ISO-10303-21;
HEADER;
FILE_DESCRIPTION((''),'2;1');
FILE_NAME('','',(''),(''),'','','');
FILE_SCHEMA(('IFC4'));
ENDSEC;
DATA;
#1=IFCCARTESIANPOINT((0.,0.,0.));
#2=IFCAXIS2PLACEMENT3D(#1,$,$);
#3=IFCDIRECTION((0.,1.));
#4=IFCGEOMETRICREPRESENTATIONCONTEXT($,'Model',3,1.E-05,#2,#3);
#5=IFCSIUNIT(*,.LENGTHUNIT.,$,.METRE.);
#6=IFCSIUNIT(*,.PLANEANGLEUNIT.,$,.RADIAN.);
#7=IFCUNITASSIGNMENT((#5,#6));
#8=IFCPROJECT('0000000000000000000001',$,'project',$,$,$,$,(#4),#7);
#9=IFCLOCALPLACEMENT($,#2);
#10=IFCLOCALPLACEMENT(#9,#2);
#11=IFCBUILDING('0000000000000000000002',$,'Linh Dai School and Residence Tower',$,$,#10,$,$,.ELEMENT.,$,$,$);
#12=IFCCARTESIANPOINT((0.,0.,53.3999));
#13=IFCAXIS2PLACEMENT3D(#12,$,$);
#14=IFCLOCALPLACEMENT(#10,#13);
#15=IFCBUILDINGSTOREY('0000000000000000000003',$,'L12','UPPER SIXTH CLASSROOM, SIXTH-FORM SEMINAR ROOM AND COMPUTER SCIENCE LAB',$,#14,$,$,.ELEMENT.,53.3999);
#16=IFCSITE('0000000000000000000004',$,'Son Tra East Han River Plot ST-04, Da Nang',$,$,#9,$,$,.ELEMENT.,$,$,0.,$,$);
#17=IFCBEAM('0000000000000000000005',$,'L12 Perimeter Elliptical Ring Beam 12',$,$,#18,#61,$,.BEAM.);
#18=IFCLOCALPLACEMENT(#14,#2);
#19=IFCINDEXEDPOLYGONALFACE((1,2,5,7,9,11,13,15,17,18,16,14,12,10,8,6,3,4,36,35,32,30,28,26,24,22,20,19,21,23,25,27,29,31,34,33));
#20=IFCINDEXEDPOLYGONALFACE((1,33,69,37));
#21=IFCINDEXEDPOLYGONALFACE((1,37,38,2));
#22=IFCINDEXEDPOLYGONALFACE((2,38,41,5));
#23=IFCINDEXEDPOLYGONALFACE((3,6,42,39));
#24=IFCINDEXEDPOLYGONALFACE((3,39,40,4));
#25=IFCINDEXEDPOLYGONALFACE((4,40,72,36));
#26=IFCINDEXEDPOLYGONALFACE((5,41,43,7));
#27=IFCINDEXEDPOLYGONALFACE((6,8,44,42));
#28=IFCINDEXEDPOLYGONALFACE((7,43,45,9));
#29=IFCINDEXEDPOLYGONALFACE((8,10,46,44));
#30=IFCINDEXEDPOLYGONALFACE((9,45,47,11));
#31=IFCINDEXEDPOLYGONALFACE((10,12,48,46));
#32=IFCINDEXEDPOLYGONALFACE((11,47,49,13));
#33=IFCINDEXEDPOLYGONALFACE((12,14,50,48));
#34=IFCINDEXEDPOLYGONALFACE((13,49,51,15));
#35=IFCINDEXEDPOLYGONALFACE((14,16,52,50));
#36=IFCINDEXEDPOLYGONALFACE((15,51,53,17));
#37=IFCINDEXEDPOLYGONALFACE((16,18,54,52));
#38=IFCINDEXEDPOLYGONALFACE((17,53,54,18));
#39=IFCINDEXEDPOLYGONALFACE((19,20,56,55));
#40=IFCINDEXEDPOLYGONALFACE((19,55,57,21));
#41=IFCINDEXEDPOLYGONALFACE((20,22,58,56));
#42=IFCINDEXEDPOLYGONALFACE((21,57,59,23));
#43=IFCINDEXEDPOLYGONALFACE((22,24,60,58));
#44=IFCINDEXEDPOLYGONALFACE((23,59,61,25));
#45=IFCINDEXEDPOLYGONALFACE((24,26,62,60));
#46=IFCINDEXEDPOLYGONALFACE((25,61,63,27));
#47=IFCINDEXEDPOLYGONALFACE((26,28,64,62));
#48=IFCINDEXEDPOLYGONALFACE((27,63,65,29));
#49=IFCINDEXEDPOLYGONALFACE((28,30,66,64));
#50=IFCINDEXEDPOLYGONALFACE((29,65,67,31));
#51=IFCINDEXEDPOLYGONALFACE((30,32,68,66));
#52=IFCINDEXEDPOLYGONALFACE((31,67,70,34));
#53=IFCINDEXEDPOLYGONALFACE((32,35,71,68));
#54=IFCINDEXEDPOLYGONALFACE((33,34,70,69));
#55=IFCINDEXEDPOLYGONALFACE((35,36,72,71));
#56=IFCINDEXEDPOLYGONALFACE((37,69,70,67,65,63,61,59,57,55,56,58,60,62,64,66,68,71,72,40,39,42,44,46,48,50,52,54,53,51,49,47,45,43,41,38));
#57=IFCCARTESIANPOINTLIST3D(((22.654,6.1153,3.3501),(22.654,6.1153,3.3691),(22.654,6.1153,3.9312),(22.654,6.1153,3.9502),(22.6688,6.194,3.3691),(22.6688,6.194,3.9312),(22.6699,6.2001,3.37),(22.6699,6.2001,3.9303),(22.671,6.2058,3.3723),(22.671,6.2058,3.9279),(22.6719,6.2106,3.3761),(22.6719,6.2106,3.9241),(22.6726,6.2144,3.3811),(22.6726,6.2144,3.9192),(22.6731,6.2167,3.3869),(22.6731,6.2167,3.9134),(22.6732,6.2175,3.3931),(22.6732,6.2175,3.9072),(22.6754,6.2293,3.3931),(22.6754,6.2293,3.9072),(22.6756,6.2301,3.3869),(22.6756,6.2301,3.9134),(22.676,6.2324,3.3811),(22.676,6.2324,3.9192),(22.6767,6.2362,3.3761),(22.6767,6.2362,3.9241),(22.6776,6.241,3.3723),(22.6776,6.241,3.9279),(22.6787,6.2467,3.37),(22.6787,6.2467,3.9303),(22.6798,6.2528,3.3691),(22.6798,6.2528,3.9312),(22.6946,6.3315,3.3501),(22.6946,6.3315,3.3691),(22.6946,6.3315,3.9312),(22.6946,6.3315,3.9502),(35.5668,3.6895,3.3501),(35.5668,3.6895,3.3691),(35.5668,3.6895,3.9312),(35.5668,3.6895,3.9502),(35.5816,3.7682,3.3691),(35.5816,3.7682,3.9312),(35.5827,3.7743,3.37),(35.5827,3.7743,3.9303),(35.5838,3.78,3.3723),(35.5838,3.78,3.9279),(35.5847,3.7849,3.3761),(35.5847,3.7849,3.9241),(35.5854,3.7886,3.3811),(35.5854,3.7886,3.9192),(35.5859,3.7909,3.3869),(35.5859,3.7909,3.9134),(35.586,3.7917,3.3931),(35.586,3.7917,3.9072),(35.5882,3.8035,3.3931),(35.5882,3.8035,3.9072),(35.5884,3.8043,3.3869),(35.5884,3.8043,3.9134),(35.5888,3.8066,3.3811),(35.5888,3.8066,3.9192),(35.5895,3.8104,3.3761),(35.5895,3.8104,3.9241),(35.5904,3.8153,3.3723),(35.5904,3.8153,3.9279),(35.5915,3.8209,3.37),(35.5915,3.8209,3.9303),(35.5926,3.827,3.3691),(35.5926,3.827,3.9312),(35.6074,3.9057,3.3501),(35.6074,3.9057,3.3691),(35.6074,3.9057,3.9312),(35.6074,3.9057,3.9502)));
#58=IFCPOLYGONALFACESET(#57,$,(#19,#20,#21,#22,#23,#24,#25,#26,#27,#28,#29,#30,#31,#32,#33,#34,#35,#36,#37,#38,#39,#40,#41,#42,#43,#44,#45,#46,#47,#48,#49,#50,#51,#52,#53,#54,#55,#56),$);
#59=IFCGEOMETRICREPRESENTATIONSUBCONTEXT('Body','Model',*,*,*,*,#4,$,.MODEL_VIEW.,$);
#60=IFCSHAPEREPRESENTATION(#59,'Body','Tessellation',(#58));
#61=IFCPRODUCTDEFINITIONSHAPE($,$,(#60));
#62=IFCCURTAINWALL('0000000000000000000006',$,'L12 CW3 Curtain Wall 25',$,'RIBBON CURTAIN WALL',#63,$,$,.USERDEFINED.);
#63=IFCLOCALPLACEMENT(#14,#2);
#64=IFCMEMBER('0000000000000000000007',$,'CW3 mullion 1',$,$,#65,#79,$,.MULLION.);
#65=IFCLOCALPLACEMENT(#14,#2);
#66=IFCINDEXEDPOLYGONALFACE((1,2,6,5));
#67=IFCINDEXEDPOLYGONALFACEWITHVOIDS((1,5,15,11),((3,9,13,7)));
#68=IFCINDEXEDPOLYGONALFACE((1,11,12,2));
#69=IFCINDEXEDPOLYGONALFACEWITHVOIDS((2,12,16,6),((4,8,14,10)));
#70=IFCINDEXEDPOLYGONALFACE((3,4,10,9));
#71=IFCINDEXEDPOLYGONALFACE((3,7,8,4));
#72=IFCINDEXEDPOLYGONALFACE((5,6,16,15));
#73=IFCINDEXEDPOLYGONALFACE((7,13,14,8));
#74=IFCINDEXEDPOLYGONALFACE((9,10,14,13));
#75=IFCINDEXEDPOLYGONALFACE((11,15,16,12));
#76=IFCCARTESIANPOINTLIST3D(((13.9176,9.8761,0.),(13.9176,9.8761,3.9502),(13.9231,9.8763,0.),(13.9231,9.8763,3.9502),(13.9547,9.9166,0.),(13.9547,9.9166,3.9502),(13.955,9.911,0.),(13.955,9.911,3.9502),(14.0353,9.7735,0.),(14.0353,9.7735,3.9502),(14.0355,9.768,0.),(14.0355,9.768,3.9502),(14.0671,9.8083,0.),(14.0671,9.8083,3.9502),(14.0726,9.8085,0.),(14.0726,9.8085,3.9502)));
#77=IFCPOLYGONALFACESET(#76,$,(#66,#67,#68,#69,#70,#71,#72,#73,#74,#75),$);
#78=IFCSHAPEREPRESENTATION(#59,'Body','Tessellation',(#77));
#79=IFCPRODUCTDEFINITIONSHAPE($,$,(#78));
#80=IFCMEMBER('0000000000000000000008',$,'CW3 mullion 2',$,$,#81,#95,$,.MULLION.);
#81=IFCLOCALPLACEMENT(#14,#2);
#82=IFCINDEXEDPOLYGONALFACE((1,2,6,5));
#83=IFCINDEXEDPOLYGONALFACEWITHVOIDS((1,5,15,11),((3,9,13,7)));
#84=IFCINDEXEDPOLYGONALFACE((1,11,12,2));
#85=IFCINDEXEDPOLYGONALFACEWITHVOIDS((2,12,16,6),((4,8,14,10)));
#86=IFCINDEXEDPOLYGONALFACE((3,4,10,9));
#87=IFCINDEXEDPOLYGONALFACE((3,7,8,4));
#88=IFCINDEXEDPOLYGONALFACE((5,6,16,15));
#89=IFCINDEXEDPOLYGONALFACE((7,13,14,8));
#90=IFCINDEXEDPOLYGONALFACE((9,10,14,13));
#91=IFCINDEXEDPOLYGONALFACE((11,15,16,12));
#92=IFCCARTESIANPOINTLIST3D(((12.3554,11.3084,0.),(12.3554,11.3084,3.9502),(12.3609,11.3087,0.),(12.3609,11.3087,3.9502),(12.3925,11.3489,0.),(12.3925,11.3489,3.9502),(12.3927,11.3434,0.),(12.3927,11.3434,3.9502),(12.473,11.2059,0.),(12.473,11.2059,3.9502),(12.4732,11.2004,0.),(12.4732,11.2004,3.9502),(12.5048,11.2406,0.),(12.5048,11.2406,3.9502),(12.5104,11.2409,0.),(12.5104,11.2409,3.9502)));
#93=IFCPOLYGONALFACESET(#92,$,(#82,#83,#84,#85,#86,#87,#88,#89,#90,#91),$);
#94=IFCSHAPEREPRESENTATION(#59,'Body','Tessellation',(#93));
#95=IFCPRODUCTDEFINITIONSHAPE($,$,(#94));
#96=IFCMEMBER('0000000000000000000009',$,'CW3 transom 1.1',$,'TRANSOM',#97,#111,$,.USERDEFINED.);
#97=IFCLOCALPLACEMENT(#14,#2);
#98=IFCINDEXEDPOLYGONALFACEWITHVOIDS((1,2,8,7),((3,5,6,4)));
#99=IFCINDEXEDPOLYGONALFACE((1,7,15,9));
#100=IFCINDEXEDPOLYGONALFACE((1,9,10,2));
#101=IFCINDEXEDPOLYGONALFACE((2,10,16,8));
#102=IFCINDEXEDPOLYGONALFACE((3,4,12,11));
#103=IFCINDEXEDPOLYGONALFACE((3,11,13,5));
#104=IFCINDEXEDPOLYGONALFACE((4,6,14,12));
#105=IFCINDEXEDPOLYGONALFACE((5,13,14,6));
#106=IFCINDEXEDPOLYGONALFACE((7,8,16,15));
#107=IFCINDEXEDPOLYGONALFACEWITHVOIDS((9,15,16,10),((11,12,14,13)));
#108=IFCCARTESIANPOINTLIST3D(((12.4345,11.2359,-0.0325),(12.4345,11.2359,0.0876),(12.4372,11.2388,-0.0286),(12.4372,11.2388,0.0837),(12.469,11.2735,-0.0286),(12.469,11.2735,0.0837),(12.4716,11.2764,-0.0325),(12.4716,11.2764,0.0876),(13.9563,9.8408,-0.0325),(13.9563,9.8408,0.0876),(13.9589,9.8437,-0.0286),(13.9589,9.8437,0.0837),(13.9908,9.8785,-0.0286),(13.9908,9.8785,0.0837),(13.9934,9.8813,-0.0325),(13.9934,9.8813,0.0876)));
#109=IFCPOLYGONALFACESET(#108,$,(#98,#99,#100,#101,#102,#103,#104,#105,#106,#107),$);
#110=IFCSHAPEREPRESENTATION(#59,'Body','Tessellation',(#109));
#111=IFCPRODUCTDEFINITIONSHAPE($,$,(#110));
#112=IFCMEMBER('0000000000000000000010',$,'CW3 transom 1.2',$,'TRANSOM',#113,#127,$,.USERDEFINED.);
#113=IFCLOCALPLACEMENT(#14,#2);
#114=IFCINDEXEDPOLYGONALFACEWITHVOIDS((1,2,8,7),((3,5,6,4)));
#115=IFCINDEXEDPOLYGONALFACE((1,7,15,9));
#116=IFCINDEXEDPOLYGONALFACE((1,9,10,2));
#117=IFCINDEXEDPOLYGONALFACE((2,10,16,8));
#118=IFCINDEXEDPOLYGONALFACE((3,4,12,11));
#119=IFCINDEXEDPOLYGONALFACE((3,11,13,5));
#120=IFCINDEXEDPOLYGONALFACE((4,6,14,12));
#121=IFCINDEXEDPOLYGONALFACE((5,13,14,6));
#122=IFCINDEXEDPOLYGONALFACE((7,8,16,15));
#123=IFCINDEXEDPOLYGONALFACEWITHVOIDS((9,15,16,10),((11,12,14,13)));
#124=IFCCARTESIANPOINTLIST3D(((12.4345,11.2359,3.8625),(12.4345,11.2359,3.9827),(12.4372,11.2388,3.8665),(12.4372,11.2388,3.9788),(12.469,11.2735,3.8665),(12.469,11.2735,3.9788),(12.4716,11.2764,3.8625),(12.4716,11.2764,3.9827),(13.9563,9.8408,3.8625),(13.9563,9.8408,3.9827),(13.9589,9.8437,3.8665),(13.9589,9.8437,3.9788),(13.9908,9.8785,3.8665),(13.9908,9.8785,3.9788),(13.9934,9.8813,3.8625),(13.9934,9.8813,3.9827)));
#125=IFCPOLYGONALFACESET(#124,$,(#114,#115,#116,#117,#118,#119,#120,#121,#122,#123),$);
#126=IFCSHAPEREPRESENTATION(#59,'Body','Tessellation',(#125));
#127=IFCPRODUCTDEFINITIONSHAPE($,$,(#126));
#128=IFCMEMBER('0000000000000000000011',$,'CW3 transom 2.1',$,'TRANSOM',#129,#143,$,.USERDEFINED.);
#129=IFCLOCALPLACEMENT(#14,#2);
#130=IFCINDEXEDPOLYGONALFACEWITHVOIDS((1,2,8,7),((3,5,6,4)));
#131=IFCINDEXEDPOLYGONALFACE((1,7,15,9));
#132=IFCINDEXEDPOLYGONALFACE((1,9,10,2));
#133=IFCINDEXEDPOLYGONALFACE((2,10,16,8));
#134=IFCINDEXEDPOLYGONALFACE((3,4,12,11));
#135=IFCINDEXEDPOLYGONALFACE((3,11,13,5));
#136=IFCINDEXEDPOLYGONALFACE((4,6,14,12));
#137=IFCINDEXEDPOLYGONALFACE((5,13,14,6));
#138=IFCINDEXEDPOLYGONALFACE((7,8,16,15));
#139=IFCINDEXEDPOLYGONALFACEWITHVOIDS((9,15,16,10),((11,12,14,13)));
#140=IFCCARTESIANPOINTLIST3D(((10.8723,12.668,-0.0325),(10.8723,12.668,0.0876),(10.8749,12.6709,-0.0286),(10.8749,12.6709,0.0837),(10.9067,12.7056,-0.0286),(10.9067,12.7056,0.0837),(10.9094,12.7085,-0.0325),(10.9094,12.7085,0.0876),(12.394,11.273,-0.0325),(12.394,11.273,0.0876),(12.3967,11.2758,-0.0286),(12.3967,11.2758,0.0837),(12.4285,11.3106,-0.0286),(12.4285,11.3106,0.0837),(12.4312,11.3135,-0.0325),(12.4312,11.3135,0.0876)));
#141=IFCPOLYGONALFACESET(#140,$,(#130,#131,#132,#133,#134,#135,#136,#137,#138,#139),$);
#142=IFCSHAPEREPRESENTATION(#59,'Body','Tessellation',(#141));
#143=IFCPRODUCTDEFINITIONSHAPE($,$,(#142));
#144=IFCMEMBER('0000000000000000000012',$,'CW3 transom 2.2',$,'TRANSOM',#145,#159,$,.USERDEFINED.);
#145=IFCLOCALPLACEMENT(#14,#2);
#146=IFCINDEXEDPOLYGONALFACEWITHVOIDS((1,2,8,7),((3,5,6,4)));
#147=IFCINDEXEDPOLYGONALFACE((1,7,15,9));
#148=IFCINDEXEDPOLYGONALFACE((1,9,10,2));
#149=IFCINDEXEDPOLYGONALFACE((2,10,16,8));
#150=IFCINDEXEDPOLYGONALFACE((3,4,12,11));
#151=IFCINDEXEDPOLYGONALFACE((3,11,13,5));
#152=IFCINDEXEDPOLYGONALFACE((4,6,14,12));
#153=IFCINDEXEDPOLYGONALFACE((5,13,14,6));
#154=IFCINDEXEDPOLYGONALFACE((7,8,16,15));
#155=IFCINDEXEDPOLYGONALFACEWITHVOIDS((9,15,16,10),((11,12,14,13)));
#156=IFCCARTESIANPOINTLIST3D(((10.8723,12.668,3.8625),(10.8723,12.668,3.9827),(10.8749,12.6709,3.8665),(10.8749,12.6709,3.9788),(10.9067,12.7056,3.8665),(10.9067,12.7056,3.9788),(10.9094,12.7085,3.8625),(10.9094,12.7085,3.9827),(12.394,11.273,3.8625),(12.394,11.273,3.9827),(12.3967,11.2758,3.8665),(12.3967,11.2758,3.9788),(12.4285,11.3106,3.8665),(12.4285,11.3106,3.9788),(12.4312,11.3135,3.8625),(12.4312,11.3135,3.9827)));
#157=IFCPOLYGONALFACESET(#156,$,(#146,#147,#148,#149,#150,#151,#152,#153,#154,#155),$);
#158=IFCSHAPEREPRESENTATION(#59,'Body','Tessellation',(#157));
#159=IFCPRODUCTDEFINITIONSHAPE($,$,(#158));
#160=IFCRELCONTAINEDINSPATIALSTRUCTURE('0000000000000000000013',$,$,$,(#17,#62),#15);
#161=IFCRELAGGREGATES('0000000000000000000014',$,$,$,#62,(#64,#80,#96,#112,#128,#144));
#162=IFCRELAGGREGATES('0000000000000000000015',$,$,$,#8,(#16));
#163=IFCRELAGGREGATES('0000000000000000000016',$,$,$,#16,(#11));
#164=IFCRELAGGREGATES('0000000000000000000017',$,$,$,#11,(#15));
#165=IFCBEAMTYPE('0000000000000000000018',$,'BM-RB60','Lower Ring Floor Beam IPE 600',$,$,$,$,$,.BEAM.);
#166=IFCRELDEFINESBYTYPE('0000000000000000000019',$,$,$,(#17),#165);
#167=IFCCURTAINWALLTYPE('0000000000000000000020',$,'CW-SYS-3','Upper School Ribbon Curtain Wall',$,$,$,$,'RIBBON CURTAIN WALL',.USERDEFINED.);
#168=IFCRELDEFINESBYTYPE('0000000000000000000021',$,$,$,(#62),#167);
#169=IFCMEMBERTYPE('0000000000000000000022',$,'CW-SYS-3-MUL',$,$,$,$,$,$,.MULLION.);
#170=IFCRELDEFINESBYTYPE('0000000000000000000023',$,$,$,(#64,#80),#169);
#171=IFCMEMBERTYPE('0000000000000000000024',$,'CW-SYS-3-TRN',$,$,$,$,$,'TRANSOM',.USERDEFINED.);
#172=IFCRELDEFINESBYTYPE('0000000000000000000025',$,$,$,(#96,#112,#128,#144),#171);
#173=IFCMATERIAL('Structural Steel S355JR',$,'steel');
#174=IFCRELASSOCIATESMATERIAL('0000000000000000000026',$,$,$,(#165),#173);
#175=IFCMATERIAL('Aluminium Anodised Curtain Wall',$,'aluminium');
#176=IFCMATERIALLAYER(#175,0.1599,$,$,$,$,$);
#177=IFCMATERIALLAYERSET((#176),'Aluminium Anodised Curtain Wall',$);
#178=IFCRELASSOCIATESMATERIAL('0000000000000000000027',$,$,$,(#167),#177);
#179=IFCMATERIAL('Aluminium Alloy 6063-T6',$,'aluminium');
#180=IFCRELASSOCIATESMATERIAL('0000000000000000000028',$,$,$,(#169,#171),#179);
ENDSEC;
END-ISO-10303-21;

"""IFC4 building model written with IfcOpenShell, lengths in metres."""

from ifc_helpers import new_model, si_unit, direction, frame, origin, origin_2d, place, context, subcontext, project, spatial, hollow_rectangle, i_section, extrude, source, transform, mapped, material, layer, layer_set, material_profile, profile_set, type_object, element, aggregate, save


model = new_model("IFC4")

# Units and contexts
model_context = context("Model", 3, precision=1e-05, world=origin(), true_north=direction((0.0, 1.0)))
body_context = subcontext(model_context, "Body", "Model", "MODEL_VIEW")
ifc_project = project(units=[si_unit("LENGTHUNIT", "METRE"), si_unit("PLANEANGLEUNIT", "RADIAN")], contexts=[model_context])

# Site, building, storey
site_placement = place(None, origin())
site = spatial("IfcSite", under=ifc_project, at=site_placement, Name="Son Tra East Han River Plot ST-04, Da Nang", CompositionType="ELEMENT", RefElevation=0.0)
building_placement = place(site_placement, origin())
building = spatial("IfcBuilding", under=site, at=building_placement, Name="Linh Dai School and Residence Tower", CompositionType="ELEMENT")
storey_placement = place(building_placement, frame((0.0, 0.0, 53.3999)))
storey = spatial("IfcBuildingStorey", under=building, at=storey_placement, Name="L12", Description="UPPER SIXTH CLASSROOM, SIXTH-FORM SEMINAR ROOM AND COMPUTER SCIENCE LAB", CompositionType="ELEMENT", Elevation=53.3999)

# Shared definitions
ifc_material_1 = material(Name="Structural Steel S355JR", Category="steel")

# Beam
ifc_material_profile_1 = material_profile(ifc_material_1, i_section(OverallWidth=0.22, OverallDepth=0.6001, WebThickness=0.012, FlangeThickness=0.019, FilletRadius=0.0239, at=origin_2d()), Name="IPE 600")
ifc_profile_set_1 = profile_set([ifc_material_profile_1], Name="Structural Steel S355JR")
beam_type = type_object("IfcBeamType", Name="BM-RB60", Description="Lower Ring Floor Beam IPE 600", PredefinedType="BEAM", material=ifc_profile_set_1)
beam_1_placement = place(storey_placement, frame((22.6743, 6.2234, 3.6501), z_axis=(0.982808, -0.184628, 0.0), x_axis=(0.184628, 0.982808, 0.0)))
element("IfcBeam", 1, at=beam_1_placement, inside=storey, type_object=beam_type, Name="L12 Perimeter Elliptical Ring Beam 12", PredefinedType="BEAM", context=body_context, shape_type="SweptSolid", body=[
    extrude(i_section(OverallWidth=0.22, OverallDepth=0.6001, WebThickness=0.012, FlangeThickness=0.019, FilletRadius=0.0239, at=origin_2d()), origin(), (0.0, 0.0, 1.0), 13.1387),
])

# Curtain wall, members
ifc_material_2 = material(Name="Aluminium Anodised Curtain Wall", Category="aluminium")
ifc_layer_1 = layer(ifc_material_2, 0.1599)
ifc_layer_set_1 = layer_set([ifc_layer_1], Name="Aluminium Anodised Curtain Wall")
curtain_wall_type = type_object("IfcCurtainWallType", Name="CW-SYS-3", Description="Upper School Ribbon Curtain Wall", ElementType="RIBBON CURTAIN WALL", PredefinedType="USERDEFINED", material=ifc_layer_set_1)
curtain_wall_placement = place(storey_placement, origin())
curtain_wall = element("IfcCurtainWall", 2, at=curtain_wall_placement, inside=storey, type_object=curtain_wall_type, Name="L12 CW3 Curtain Wall 25", ObjectType="RIBBON CURTAIN WALL", PredefinedType="USERDEFINED")
ifc_material_3 = material(Name="Aluminium Alloy 6063-T6", Category="aluminium")
ifc_material_profile_2 = material_profile(ifc_material_3, hollow_rectangle(XDim=0.0549, YDim=0.1599, WallThickness=0.0039, at=origin_2d()), Name="RHS 160x55x4")
ifc_profile_set_2 = profile_set([ifc_material_profile_2], Name="Aluminium Alloy 6063-T6")
member_type_1 = type_object("IfcMemberType", Name="CW-SYS-3-MUL", PredefinedType="MULLION", material=ifc_profile_set_2)
shared_shape_1 = source(origin(), body_context, "Body", "SweptSolid", [
    extrude(hollow_rectangle(XDim=0.0549, YDim=0.1599, WallThickness=0.0039, at=origin_2d()), origin(), (0.0, 0.0, 1.0), 3.9502),
])
member_1_placement = place(storey_placement, frame((13.9951, 9.8423, 0.0), z_axis=(0.0, 0.0, 1.0), x_axis=(-0.675769, -0.737113, 0.0)))
member_1 = element("IfcMember", 3, at=member_1_placement, type_object=member_type_1, Name="CW3 mullion 1", PredefinedType="MULLION", context=body_context, shape_type="MappedRepresentation", body=[
    mapped(shared_shape_1, transform((0.0, 0.0, 0.0), x_axis=(1.0, 0.0, 0.0), y_axis=(0.0, 1.0, 0.0), z_axis=(0.0, 0.0, 1.0), scale=1.0)),
])
member_2_placement = place(storey_placement, frame((12.4329, 11.2747, 0.0), z_axis=(0.0, 0.0, 1.0), x_axis=(-0.675769, -0.737113, 0.0)))
member_2 = element("IfcMember", 4, at=member_2_placement, type_object=member_type_1, Name="CW3 mullion 2", PredefinedType="MULLION", context=body_context, shape_type="MappedRepresentation", body=[
    mapped(shared_shape_1, transform((0.0, 0.0, 0.0), x_axis=(1.0, 0.0, 0.0), y_axis=(0.0, 1.0, 0.0), z_axis=(0.0, 0.0, 1.0), scale=1.0)),
])
ifc_material_profile_3 = material_profile(ifc_material_3, hollow_rectangle(XDim=0.0549, YDim=0.1201, WallThickness=0.0039, at=origin_2d()), Name="RHS 120x55x4")
ifc_profile_set_3 = profile_set([ifc_material_profile_3], Name="Aluminium Alloy 6063-T6")
member_type_2 = type_object("IfcMemberType", Name="CW-SYS-3-TRN", ElementType="TRANSOM", PredefinedType="USERDEFINED", material=ifc_profile_set_3)
shared_shape_2 = source(origin(), body_context, "Body", "SweptSolid", [
    extrude(hollow_rectangle(XDim=0.0549, YDim=0.1201, WallThickness=0.0039, at=origin_2d()), origin(), (0.0, 0.0, 1.0), 2.0645),
])
member_3_placement = place(storey_placement, frame((13.9749, 9.8611, 0.0276), z_axis=(-0.73713, 0.675751, 0.0), x_axis=(-0.675751, -0.73713, 0.0)))
member_3 = element("IfcMember", 5, at=member_3_placement, type_object=member_type_2, Name="CW3 transom 1.1", ObjectType="TRANSOM", PredefinedType="USERDEFINED", context=body_context, shape_type="MappedRepresentation", body=[
    mapped(shared_shape_2, transform((0.0, 0.0, 0.0), x_axis=(1.0, 0.0, 0.0), y_axis=(0.0, 1.0, 0.0), z_axis=(0.0, 0.0, 1.0), scale=1.0)),
])
member_4_placement = place(storey_placement, frame((13.9749, 9.8611, 3.9226), z_axis=(-0.73713, 0.675751, 0.0), x_axis=(-0.675751, -0.73713, 0.0)))
member_4 = element("IfcMember", 6, at=member_4_placement, type_object=member_type_2, Name="CW3 transom 1.2", ObjectType="TRANSOM", PredefinedType="USERDEFINED", context=body_context, shape_type="MappedRepresentation", body=[
    mapped(shared_shape_2, transform((0.0, 0.0, 0.0), x_axis=(1.0, 0.0, 0.0), y_axis=(0.0, 1.0, 0.0), z_axis=(0.0, 0.0, 1.0), scale=1.0)),
])
member_5_placement = place(storey_placement, frame((12.4126, 11.2932, 0.0276), z_axis=(-0.73713, 0.675751, 0.0), x_axis=(-0.675751, -0.73713, 0.0)))
member_5 = element("IfcMember", 7, at=member_5_placement, type_object=member_type_2, Name="CW3 transom 2.1", ObjectType="TRANSOM", PredefinedType="USERDEFINED", context=body_context, shape_type="MappedRepresentation", body=[
    mapped(shared_shape_2, transform((0.0, 0.0, 0.0), x_axis=(1.0, 0.0, 0.0), y_axis=(0.0, 1.0, 0.0), z_axis=(0.0, 0.0, 1.0), scale=1.0)),
])
member_6_placement = place(storey_placement, frame((12.4126, 11.2932, 3.9226), z_axis=(-0.73713, 0.675751, 0.0), x_axis=(-0.675751, -0.73713, 0.0)))
member_6 = element("IfcMember", 8, at=member_6_placement, type_object=member_type_2, Name="CW3 transom 2.2", ObjectType="TRANSOM", PredefinedType="USERDEFINED", context=body_context, shape_type="MappedRepresentation", body=[
    mapped(shared_shape_2, transform((0.0, 0.0, 0.0), x_axis=(1.0, 0.0, 0.0), y_axis=(0.0, 1.0, 0.0), z_axis=(0.0, 0.0, 1.0), scale=1.0)),
])

aggregate(curtain_wall, [member_1, member_2, member_3, member_4, member_5, member_6])

save(model, "model.ifc")
